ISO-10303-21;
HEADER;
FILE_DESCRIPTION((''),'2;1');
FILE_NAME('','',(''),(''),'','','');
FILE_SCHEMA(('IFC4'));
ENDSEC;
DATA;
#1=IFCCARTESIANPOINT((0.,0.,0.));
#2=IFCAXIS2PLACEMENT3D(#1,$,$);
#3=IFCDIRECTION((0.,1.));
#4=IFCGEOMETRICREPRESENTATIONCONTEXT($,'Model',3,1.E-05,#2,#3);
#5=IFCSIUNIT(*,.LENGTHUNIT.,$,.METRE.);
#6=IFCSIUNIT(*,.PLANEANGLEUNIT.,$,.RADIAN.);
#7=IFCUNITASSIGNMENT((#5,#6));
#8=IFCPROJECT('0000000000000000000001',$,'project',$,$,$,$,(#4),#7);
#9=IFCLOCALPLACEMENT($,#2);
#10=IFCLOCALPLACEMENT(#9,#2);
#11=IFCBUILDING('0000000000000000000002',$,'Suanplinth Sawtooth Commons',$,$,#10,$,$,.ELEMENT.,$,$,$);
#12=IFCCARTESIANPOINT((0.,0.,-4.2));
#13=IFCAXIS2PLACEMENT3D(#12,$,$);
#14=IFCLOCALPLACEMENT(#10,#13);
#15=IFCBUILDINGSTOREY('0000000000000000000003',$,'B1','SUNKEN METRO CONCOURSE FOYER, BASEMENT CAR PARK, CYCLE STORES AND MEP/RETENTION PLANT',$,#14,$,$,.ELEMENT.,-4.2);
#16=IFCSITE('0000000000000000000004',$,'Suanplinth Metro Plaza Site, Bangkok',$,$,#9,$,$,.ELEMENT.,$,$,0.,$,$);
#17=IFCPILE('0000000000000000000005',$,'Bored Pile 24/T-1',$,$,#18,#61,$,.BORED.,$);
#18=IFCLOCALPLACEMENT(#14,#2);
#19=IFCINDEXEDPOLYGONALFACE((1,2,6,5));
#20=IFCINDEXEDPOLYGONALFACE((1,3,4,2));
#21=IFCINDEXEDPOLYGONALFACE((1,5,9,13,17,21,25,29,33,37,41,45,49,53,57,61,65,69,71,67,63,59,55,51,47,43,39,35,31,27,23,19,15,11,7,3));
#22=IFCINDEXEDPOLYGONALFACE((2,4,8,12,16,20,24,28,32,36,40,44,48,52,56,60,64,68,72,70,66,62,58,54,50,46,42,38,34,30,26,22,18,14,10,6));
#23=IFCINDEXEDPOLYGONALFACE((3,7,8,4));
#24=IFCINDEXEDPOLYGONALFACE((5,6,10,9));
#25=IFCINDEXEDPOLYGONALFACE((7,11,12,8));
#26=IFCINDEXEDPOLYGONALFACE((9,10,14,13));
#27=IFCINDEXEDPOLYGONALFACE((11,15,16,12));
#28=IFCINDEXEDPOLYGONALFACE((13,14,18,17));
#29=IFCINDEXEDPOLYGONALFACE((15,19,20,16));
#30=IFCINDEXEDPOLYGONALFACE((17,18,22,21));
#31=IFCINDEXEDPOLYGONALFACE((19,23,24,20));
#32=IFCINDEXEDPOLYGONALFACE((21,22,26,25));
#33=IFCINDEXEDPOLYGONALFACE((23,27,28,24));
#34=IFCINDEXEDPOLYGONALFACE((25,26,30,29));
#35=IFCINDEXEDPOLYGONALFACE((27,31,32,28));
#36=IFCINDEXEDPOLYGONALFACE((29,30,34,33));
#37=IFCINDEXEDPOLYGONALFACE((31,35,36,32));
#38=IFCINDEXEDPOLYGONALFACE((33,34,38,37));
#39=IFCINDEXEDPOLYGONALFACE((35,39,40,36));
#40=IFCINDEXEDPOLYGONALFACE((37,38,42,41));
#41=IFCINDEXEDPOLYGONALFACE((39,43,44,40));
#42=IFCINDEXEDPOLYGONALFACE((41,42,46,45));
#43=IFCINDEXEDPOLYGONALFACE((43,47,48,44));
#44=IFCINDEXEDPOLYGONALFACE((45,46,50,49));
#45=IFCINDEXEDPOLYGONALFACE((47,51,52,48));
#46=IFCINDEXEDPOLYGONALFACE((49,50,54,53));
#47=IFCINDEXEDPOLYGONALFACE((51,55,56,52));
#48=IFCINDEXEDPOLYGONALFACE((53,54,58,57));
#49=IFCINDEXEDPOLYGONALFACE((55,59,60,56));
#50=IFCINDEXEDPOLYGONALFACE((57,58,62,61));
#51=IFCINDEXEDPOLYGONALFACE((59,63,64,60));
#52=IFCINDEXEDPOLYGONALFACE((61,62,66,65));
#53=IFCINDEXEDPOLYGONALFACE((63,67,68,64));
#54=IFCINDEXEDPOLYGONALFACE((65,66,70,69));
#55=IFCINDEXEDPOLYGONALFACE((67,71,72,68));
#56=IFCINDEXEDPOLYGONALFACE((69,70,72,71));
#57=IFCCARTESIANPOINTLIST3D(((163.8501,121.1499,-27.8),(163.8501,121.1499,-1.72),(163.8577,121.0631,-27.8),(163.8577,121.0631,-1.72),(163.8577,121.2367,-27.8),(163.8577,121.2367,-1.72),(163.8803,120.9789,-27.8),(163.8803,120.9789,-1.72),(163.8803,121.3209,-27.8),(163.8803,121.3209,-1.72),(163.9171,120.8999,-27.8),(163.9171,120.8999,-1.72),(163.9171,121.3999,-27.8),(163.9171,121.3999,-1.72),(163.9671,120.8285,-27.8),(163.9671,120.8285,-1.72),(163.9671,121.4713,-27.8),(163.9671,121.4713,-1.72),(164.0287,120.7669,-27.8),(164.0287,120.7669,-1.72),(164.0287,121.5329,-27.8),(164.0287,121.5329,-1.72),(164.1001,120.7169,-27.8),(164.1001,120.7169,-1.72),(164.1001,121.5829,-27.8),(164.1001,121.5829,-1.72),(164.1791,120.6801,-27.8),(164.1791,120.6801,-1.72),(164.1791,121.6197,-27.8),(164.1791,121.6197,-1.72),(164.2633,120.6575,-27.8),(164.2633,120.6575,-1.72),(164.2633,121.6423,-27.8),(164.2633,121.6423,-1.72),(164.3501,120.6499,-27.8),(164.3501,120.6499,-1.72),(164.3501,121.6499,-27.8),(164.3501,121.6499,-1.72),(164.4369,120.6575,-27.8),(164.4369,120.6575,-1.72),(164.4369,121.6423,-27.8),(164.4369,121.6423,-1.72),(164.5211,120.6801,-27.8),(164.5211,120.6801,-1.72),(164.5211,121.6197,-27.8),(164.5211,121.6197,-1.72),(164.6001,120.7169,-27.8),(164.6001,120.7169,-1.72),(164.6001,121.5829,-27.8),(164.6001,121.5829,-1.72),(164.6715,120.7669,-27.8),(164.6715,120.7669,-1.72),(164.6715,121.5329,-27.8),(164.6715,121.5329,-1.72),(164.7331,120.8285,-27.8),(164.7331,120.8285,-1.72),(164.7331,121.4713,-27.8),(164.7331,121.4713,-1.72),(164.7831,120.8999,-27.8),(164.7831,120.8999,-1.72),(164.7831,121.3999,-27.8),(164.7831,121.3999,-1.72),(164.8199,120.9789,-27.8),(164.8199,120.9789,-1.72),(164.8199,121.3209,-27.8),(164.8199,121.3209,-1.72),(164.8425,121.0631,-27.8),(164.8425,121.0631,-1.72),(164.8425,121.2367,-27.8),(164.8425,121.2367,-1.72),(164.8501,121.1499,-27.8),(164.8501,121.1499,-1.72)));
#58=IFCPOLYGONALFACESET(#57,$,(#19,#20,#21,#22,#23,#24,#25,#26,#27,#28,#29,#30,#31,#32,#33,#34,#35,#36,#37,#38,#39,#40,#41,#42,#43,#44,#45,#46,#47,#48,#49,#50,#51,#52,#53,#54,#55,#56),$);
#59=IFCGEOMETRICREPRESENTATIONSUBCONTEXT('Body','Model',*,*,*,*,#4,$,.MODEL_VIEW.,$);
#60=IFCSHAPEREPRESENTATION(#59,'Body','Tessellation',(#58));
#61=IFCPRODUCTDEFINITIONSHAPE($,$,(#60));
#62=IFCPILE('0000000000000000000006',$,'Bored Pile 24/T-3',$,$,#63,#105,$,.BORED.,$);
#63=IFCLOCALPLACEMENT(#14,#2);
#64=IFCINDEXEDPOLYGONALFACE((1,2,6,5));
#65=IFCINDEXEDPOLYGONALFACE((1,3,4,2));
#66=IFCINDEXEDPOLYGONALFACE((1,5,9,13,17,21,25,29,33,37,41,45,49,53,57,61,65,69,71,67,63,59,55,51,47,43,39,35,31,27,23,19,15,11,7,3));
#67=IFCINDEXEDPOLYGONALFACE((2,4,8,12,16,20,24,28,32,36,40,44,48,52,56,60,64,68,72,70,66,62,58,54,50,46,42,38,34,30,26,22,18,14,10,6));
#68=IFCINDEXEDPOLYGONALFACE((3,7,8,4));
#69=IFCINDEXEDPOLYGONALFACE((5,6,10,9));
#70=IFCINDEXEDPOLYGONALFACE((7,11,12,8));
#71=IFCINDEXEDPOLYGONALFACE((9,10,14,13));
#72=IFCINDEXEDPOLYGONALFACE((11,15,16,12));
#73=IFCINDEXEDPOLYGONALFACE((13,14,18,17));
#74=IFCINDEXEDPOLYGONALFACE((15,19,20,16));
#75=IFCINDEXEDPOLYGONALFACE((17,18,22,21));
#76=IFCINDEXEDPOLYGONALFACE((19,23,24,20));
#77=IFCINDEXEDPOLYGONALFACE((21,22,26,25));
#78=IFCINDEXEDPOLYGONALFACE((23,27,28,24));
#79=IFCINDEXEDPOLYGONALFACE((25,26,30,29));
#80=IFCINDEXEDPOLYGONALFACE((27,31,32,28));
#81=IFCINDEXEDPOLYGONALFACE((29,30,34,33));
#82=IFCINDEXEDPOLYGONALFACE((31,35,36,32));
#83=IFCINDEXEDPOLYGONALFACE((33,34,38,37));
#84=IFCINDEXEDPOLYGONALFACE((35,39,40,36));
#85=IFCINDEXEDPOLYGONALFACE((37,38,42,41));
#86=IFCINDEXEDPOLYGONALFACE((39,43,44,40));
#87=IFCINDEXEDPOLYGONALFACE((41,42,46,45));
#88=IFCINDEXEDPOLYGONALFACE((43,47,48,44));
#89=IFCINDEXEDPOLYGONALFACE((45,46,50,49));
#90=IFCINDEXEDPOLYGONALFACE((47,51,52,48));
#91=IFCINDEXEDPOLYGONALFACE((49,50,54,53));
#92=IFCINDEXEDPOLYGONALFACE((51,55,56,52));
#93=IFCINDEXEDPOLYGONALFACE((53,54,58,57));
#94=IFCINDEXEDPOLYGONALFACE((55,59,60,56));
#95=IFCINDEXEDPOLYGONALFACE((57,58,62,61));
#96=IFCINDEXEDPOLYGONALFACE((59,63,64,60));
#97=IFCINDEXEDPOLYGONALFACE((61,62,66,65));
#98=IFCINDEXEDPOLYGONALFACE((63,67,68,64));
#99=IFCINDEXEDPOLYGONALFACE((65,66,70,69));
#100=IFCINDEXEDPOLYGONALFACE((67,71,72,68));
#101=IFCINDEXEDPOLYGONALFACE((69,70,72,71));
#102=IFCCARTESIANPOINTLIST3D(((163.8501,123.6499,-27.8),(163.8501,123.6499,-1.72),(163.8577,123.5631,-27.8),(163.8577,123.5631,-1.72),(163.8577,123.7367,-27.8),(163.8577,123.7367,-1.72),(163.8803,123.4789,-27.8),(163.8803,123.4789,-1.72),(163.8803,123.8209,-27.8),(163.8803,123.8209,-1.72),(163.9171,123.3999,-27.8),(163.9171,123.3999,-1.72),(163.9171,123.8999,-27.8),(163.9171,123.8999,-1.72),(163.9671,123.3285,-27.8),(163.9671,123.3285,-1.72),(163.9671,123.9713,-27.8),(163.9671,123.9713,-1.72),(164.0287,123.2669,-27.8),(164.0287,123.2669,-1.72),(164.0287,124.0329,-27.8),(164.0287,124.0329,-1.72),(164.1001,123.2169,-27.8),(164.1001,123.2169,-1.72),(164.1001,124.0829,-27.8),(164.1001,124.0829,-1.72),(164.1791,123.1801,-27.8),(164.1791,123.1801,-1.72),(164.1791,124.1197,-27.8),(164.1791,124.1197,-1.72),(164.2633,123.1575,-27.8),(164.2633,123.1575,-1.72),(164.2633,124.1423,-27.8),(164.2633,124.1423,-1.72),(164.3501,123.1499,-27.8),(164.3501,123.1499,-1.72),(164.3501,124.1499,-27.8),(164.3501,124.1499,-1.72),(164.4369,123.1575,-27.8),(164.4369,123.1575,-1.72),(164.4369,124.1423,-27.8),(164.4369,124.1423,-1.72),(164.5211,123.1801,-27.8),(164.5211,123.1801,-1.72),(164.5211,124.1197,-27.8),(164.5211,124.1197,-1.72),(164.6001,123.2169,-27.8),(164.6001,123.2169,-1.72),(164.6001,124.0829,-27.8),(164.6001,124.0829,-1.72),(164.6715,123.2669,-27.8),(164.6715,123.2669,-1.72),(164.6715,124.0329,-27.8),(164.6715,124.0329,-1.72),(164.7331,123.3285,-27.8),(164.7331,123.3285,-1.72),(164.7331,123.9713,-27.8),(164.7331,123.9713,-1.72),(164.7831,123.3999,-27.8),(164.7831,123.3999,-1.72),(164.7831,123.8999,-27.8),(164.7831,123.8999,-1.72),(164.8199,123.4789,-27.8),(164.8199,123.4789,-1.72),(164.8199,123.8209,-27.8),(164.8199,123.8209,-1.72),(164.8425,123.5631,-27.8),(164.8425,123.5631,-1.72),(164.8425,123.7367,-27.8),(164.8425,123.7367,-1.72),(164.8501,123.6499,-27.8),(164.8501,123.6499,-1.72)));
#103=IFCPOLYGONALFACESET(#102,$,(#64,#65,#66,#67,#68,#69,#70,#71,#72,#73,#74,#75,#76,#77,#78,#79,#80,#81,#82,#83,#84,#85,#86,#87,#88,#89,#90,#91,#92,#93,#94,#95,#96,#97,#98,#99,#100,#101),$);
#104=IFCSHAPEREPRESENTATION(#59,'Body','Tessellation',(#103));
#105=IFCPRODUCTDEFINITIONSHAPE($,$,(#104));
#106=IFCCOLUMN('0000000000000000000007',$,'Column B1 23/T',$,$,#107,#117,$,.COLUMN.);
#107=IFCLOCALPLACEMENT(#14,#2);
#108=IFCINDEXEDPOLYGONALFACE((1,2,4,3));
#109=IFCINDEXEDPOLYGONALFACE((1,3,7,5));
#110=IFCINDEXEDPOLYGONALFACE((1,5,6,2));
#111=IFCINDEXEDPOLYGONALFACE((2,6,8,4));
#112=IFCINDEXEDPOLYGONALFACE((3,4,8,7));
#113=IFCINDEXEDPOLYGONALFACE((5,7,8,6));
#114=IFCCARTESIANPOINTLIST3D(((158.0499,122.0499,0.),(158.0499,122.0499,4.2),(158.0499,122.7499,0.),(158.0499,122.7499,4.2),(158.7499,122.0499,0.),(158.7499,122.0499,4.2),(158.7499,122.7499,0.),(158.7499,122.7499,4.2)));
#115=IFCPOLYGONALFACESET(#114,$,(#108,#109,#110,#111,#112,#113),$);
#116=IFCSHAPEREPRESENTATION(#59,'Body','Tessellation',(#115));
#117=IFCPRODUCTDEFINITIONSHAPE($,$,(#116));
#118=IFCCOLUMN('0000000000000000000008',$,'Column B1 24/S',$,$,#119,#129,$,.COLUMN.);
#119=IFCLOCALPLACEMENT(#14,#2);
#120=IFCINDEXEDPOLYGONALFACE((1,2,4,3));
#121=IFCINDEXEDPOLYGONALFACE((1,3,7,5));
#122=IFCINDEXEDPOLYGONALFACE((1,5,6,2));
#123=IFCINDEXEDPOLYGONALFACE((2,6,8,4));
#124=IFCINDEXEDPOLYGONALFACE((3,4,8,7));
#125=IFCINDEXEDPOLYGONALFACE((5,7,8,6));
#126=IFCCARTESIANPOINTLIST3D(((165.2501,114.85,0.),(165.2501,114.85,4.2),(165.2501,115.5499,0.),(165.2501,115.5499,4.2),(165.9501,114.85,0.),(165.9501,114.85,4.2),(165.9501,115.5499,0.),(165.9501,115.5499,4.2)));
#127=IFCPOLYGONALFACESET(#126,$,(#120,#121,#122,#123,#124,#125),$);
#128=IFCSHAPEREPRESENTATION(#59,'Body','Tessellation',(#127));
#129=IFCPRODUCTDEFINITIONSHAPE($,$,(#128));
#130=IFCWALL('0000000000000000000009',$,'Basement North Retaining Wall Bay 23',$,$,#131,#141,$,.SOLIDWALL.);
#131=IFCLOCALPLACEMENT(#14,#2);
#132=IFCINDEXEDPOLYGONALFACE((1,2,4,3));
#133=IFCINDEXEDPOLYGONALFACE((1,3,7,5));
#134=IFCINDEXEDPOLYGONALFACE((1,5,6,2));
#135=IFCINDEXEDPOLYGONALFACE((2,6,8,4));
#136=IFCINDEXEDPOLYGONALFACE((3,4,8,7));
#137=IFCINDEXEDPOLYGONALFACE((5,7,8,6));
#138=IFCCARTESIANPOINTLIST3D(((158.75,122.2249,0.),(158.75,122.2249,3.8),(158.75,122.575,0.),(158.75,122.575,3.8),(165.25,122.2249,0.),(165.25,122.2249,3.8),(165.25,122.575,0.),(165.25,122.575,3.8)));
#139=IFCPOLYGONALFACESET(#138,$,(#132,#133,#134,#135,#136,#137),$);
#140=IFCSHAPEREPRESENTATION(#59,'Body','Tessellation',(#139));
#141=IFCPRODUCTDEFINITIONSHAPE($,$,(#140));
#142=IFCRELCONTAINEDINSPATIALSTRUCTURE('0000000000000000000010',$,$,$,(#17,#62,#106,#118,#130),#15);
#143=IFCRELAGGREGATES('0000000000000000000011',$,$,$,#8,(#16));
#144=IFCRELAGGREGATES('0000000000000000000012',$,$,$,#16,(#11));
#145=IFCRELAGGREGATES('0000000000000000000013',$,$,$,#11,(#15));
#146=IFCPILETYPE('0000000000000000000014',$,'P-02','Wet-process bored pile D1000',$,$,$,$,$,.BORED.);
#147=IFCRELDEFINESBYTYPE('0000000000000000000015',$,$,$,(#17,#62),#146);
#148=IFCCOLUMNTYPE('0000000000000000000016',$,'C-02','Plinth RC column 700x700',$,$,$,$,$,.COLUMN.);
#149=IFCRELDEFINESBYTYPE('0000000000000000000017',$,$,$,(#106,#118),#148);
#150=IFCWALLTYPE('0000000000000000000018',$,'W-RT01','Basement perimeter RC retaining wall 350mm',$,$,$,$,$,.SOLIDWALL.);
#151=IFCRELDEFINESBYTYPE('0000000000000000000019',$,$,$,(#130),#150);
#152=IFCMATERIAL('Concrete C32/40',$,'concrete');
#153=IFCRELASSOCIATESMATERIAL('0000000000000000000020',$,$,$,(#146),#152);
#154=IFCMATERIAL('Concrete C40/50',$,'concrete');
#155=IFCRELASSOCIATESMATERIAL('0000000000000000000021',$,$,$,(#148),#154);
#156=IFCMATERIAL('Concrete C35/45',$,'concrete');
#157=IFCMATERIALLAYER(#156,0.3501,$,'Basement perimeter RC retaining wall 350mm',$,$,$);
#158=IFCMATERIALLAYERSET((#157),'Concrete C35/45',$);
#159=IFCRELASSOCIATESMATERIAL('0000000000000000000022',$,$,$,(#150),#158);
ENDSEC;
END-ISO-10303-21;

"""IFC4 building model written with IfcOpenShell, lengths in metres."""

from ifc_helpers import new_model, si_unit, direction, frame, frame_2d, origin, origin_2d, place, context, subcontext, project, spatial, rectangle, circle, extrude, material, layer, layer_set, material_profile, profile_set, type_object, element, save


model = new_model("IFC4")

# Units and contexts
model_context = context("Model", 3, precision=1e-05, world=origin(), true_north=direction((0.0, 1.0)))
body_context = subcontext(model_context, "Body", "Model", "MODEL_VIEW")
ifc_project = project(units=[si_unit("LENGTHUNIT", "METRE"), si_unit("PLANEANGLEUNIT", "RADIAN")], contexts=[model_context])

# Site, building, storey
site_placement = place(None, origin())
site = spatial("IfcSite", under=ifc_project, at=site_placement, Name="Suanplinth Metro Plaza Site, Bangkok", CompositionType="ELEMENT", RefElevation=0.0)
building_placement = place(site_placement, origin())
building = spatial("IfcBuilding", under=site, at=building_placement, Name="Suanplinth Sawtooth Commons", CompositionType="ELEMENT")
storey_placement = place(building_placement, frame((0.0, 0.0, -4.2)))
storey = spatial("IfcBuildingStorey", under=building, at=storey_placement, Name="B1", Description="SUNKEN METRO CONCOURSE FOYER, BASEMENT CAR PARK, CYCLE STORES AND MEP/RETENTION PLANT", CompositionType="ELEMENT", Elevation=-4.2)

# Shared definitions
ifc_material_1 = material(Name="Concrete C35/45", Category="concrete")

# Piles
ifc_material_2 = material(Name="Concrete C32/40", Category="concrete")
ifc_material_profile_1 = material_profile(ifc_material_2, circle(Radius=0.5, at=origin_2d()), Name="PILE D1000")
ifc_profile_set_1 = profile_set([ifc_material_profile_1], Name="Concrete C32/40")
pile_type = type_object("IfcPileType", Name="P-02", Description="Wet-process bored pile D1000", PredefinedType="BORED", material=ifc_profile_set_1)
for number, where, z_axis, x_axis, name in (
    (1, (164.3501, 121.1499, -1.72), (0.0, 0.0, -1.0), (1.0, 0.0, 0.0), "Bored Pile 24/T-1"),
    (2, (164.3501, 123.6499, -1.72), (0.0, 0.0, -1.0), (1.0, 0.0, 0.0), "Bored Pile 24/T-3"),
):
    element("IfcPile", number, at=place(storey_placement, frame(where, z_axis=z_axis, x_axis=x_axis)), inside=storey, type_object=pile_type, Name=name, PredefinedType="BORED", context=body_context, shape_type="SweptSolid", body=[
        extrude(circle(Radius=0.5, at=origin_2d()), origin(), (0.0, 0.0, 1.0), 26.0801),
    ])

# Columns
ifc_material_3 = material(Name="Concrete C40/50", Category="concrete")
ifc_material_profile_2 = material_profile(ifc_material_3, rectangle(XDim=0.7, YDim=0.7, at=origin_2d()), Name="RC-COL 700x700")
ifc_profile_set_2 = profile_set([ifc_material_profile_2], Name="Concrete C40/50")
column_type = type_object("IfcColumnType", Name="C-02", Description="Plinth RC column 700x700", PredefinedType="COLUMN", material=ifc_profile_set_2)
for number, where, z_axis, x_axis, name in (
    (3, (158.3999, 122.3999, 0.0), (0.0, 0.0, 1.0), (1.0, 0.0, 0.0), "Column B1 23/T"),
    (4, (165.6001, 115.2, 0.0), (0.0, 0.0, 1.0), (1.0, 0.0, 0.0), "Column B1 24/S"),
):
    element("IfcColumn", number, at=place(storey_placement, frame(where, z_axis=z_axis, x_axis=x_axis)), inside=storey, type_object=column_type, Name=name, PredefinedType="COLUMN", context=body_context, shape_type="SweptSolid", body=[
        extrude(rectangle(XDim=0.7, YDim=0.7, at=origin_2d()), origin(), (0.0, 0.0, 1.0), 4.2),
    ])

# Wall
ifc_layer = layer(ifc_material_1, 0.3501, Name="Basement perimeter RC retaining wall 350mm")
ifc_layer_set = layer_set([ifc_layer], Name="Concrete C35/45")
wall_type = type_object("IfcWallType", Name="W-RT01", Description="Basement perimeter RC retaining wall 350mm", PredefinedType="SOLIDWALL", material=ifc_layer_set)
wall_placement = place(storey_placement, frame((158.75, 122.3999, 0.0), z_axis=(0.0, 0.0, 1.0), x_axis=(1.0, 0.0, 0.0)))
element("IfcWall", 5, at=wall_placement, inside=storey, type_object=wall_type, Name="Basement North Retaining Wall Bay 23", PredefinedType="SOLIDWALL", context=body_context, shape_type="SweptSolid", body=[
    extrude(rectangle(XDim=6.5, YDim=0.3501, at=frame_2d((3.25, 0.0))), origin(), (0.0, 0.0, 1.0), 3.8),
])

save(model, "model.ifc")
